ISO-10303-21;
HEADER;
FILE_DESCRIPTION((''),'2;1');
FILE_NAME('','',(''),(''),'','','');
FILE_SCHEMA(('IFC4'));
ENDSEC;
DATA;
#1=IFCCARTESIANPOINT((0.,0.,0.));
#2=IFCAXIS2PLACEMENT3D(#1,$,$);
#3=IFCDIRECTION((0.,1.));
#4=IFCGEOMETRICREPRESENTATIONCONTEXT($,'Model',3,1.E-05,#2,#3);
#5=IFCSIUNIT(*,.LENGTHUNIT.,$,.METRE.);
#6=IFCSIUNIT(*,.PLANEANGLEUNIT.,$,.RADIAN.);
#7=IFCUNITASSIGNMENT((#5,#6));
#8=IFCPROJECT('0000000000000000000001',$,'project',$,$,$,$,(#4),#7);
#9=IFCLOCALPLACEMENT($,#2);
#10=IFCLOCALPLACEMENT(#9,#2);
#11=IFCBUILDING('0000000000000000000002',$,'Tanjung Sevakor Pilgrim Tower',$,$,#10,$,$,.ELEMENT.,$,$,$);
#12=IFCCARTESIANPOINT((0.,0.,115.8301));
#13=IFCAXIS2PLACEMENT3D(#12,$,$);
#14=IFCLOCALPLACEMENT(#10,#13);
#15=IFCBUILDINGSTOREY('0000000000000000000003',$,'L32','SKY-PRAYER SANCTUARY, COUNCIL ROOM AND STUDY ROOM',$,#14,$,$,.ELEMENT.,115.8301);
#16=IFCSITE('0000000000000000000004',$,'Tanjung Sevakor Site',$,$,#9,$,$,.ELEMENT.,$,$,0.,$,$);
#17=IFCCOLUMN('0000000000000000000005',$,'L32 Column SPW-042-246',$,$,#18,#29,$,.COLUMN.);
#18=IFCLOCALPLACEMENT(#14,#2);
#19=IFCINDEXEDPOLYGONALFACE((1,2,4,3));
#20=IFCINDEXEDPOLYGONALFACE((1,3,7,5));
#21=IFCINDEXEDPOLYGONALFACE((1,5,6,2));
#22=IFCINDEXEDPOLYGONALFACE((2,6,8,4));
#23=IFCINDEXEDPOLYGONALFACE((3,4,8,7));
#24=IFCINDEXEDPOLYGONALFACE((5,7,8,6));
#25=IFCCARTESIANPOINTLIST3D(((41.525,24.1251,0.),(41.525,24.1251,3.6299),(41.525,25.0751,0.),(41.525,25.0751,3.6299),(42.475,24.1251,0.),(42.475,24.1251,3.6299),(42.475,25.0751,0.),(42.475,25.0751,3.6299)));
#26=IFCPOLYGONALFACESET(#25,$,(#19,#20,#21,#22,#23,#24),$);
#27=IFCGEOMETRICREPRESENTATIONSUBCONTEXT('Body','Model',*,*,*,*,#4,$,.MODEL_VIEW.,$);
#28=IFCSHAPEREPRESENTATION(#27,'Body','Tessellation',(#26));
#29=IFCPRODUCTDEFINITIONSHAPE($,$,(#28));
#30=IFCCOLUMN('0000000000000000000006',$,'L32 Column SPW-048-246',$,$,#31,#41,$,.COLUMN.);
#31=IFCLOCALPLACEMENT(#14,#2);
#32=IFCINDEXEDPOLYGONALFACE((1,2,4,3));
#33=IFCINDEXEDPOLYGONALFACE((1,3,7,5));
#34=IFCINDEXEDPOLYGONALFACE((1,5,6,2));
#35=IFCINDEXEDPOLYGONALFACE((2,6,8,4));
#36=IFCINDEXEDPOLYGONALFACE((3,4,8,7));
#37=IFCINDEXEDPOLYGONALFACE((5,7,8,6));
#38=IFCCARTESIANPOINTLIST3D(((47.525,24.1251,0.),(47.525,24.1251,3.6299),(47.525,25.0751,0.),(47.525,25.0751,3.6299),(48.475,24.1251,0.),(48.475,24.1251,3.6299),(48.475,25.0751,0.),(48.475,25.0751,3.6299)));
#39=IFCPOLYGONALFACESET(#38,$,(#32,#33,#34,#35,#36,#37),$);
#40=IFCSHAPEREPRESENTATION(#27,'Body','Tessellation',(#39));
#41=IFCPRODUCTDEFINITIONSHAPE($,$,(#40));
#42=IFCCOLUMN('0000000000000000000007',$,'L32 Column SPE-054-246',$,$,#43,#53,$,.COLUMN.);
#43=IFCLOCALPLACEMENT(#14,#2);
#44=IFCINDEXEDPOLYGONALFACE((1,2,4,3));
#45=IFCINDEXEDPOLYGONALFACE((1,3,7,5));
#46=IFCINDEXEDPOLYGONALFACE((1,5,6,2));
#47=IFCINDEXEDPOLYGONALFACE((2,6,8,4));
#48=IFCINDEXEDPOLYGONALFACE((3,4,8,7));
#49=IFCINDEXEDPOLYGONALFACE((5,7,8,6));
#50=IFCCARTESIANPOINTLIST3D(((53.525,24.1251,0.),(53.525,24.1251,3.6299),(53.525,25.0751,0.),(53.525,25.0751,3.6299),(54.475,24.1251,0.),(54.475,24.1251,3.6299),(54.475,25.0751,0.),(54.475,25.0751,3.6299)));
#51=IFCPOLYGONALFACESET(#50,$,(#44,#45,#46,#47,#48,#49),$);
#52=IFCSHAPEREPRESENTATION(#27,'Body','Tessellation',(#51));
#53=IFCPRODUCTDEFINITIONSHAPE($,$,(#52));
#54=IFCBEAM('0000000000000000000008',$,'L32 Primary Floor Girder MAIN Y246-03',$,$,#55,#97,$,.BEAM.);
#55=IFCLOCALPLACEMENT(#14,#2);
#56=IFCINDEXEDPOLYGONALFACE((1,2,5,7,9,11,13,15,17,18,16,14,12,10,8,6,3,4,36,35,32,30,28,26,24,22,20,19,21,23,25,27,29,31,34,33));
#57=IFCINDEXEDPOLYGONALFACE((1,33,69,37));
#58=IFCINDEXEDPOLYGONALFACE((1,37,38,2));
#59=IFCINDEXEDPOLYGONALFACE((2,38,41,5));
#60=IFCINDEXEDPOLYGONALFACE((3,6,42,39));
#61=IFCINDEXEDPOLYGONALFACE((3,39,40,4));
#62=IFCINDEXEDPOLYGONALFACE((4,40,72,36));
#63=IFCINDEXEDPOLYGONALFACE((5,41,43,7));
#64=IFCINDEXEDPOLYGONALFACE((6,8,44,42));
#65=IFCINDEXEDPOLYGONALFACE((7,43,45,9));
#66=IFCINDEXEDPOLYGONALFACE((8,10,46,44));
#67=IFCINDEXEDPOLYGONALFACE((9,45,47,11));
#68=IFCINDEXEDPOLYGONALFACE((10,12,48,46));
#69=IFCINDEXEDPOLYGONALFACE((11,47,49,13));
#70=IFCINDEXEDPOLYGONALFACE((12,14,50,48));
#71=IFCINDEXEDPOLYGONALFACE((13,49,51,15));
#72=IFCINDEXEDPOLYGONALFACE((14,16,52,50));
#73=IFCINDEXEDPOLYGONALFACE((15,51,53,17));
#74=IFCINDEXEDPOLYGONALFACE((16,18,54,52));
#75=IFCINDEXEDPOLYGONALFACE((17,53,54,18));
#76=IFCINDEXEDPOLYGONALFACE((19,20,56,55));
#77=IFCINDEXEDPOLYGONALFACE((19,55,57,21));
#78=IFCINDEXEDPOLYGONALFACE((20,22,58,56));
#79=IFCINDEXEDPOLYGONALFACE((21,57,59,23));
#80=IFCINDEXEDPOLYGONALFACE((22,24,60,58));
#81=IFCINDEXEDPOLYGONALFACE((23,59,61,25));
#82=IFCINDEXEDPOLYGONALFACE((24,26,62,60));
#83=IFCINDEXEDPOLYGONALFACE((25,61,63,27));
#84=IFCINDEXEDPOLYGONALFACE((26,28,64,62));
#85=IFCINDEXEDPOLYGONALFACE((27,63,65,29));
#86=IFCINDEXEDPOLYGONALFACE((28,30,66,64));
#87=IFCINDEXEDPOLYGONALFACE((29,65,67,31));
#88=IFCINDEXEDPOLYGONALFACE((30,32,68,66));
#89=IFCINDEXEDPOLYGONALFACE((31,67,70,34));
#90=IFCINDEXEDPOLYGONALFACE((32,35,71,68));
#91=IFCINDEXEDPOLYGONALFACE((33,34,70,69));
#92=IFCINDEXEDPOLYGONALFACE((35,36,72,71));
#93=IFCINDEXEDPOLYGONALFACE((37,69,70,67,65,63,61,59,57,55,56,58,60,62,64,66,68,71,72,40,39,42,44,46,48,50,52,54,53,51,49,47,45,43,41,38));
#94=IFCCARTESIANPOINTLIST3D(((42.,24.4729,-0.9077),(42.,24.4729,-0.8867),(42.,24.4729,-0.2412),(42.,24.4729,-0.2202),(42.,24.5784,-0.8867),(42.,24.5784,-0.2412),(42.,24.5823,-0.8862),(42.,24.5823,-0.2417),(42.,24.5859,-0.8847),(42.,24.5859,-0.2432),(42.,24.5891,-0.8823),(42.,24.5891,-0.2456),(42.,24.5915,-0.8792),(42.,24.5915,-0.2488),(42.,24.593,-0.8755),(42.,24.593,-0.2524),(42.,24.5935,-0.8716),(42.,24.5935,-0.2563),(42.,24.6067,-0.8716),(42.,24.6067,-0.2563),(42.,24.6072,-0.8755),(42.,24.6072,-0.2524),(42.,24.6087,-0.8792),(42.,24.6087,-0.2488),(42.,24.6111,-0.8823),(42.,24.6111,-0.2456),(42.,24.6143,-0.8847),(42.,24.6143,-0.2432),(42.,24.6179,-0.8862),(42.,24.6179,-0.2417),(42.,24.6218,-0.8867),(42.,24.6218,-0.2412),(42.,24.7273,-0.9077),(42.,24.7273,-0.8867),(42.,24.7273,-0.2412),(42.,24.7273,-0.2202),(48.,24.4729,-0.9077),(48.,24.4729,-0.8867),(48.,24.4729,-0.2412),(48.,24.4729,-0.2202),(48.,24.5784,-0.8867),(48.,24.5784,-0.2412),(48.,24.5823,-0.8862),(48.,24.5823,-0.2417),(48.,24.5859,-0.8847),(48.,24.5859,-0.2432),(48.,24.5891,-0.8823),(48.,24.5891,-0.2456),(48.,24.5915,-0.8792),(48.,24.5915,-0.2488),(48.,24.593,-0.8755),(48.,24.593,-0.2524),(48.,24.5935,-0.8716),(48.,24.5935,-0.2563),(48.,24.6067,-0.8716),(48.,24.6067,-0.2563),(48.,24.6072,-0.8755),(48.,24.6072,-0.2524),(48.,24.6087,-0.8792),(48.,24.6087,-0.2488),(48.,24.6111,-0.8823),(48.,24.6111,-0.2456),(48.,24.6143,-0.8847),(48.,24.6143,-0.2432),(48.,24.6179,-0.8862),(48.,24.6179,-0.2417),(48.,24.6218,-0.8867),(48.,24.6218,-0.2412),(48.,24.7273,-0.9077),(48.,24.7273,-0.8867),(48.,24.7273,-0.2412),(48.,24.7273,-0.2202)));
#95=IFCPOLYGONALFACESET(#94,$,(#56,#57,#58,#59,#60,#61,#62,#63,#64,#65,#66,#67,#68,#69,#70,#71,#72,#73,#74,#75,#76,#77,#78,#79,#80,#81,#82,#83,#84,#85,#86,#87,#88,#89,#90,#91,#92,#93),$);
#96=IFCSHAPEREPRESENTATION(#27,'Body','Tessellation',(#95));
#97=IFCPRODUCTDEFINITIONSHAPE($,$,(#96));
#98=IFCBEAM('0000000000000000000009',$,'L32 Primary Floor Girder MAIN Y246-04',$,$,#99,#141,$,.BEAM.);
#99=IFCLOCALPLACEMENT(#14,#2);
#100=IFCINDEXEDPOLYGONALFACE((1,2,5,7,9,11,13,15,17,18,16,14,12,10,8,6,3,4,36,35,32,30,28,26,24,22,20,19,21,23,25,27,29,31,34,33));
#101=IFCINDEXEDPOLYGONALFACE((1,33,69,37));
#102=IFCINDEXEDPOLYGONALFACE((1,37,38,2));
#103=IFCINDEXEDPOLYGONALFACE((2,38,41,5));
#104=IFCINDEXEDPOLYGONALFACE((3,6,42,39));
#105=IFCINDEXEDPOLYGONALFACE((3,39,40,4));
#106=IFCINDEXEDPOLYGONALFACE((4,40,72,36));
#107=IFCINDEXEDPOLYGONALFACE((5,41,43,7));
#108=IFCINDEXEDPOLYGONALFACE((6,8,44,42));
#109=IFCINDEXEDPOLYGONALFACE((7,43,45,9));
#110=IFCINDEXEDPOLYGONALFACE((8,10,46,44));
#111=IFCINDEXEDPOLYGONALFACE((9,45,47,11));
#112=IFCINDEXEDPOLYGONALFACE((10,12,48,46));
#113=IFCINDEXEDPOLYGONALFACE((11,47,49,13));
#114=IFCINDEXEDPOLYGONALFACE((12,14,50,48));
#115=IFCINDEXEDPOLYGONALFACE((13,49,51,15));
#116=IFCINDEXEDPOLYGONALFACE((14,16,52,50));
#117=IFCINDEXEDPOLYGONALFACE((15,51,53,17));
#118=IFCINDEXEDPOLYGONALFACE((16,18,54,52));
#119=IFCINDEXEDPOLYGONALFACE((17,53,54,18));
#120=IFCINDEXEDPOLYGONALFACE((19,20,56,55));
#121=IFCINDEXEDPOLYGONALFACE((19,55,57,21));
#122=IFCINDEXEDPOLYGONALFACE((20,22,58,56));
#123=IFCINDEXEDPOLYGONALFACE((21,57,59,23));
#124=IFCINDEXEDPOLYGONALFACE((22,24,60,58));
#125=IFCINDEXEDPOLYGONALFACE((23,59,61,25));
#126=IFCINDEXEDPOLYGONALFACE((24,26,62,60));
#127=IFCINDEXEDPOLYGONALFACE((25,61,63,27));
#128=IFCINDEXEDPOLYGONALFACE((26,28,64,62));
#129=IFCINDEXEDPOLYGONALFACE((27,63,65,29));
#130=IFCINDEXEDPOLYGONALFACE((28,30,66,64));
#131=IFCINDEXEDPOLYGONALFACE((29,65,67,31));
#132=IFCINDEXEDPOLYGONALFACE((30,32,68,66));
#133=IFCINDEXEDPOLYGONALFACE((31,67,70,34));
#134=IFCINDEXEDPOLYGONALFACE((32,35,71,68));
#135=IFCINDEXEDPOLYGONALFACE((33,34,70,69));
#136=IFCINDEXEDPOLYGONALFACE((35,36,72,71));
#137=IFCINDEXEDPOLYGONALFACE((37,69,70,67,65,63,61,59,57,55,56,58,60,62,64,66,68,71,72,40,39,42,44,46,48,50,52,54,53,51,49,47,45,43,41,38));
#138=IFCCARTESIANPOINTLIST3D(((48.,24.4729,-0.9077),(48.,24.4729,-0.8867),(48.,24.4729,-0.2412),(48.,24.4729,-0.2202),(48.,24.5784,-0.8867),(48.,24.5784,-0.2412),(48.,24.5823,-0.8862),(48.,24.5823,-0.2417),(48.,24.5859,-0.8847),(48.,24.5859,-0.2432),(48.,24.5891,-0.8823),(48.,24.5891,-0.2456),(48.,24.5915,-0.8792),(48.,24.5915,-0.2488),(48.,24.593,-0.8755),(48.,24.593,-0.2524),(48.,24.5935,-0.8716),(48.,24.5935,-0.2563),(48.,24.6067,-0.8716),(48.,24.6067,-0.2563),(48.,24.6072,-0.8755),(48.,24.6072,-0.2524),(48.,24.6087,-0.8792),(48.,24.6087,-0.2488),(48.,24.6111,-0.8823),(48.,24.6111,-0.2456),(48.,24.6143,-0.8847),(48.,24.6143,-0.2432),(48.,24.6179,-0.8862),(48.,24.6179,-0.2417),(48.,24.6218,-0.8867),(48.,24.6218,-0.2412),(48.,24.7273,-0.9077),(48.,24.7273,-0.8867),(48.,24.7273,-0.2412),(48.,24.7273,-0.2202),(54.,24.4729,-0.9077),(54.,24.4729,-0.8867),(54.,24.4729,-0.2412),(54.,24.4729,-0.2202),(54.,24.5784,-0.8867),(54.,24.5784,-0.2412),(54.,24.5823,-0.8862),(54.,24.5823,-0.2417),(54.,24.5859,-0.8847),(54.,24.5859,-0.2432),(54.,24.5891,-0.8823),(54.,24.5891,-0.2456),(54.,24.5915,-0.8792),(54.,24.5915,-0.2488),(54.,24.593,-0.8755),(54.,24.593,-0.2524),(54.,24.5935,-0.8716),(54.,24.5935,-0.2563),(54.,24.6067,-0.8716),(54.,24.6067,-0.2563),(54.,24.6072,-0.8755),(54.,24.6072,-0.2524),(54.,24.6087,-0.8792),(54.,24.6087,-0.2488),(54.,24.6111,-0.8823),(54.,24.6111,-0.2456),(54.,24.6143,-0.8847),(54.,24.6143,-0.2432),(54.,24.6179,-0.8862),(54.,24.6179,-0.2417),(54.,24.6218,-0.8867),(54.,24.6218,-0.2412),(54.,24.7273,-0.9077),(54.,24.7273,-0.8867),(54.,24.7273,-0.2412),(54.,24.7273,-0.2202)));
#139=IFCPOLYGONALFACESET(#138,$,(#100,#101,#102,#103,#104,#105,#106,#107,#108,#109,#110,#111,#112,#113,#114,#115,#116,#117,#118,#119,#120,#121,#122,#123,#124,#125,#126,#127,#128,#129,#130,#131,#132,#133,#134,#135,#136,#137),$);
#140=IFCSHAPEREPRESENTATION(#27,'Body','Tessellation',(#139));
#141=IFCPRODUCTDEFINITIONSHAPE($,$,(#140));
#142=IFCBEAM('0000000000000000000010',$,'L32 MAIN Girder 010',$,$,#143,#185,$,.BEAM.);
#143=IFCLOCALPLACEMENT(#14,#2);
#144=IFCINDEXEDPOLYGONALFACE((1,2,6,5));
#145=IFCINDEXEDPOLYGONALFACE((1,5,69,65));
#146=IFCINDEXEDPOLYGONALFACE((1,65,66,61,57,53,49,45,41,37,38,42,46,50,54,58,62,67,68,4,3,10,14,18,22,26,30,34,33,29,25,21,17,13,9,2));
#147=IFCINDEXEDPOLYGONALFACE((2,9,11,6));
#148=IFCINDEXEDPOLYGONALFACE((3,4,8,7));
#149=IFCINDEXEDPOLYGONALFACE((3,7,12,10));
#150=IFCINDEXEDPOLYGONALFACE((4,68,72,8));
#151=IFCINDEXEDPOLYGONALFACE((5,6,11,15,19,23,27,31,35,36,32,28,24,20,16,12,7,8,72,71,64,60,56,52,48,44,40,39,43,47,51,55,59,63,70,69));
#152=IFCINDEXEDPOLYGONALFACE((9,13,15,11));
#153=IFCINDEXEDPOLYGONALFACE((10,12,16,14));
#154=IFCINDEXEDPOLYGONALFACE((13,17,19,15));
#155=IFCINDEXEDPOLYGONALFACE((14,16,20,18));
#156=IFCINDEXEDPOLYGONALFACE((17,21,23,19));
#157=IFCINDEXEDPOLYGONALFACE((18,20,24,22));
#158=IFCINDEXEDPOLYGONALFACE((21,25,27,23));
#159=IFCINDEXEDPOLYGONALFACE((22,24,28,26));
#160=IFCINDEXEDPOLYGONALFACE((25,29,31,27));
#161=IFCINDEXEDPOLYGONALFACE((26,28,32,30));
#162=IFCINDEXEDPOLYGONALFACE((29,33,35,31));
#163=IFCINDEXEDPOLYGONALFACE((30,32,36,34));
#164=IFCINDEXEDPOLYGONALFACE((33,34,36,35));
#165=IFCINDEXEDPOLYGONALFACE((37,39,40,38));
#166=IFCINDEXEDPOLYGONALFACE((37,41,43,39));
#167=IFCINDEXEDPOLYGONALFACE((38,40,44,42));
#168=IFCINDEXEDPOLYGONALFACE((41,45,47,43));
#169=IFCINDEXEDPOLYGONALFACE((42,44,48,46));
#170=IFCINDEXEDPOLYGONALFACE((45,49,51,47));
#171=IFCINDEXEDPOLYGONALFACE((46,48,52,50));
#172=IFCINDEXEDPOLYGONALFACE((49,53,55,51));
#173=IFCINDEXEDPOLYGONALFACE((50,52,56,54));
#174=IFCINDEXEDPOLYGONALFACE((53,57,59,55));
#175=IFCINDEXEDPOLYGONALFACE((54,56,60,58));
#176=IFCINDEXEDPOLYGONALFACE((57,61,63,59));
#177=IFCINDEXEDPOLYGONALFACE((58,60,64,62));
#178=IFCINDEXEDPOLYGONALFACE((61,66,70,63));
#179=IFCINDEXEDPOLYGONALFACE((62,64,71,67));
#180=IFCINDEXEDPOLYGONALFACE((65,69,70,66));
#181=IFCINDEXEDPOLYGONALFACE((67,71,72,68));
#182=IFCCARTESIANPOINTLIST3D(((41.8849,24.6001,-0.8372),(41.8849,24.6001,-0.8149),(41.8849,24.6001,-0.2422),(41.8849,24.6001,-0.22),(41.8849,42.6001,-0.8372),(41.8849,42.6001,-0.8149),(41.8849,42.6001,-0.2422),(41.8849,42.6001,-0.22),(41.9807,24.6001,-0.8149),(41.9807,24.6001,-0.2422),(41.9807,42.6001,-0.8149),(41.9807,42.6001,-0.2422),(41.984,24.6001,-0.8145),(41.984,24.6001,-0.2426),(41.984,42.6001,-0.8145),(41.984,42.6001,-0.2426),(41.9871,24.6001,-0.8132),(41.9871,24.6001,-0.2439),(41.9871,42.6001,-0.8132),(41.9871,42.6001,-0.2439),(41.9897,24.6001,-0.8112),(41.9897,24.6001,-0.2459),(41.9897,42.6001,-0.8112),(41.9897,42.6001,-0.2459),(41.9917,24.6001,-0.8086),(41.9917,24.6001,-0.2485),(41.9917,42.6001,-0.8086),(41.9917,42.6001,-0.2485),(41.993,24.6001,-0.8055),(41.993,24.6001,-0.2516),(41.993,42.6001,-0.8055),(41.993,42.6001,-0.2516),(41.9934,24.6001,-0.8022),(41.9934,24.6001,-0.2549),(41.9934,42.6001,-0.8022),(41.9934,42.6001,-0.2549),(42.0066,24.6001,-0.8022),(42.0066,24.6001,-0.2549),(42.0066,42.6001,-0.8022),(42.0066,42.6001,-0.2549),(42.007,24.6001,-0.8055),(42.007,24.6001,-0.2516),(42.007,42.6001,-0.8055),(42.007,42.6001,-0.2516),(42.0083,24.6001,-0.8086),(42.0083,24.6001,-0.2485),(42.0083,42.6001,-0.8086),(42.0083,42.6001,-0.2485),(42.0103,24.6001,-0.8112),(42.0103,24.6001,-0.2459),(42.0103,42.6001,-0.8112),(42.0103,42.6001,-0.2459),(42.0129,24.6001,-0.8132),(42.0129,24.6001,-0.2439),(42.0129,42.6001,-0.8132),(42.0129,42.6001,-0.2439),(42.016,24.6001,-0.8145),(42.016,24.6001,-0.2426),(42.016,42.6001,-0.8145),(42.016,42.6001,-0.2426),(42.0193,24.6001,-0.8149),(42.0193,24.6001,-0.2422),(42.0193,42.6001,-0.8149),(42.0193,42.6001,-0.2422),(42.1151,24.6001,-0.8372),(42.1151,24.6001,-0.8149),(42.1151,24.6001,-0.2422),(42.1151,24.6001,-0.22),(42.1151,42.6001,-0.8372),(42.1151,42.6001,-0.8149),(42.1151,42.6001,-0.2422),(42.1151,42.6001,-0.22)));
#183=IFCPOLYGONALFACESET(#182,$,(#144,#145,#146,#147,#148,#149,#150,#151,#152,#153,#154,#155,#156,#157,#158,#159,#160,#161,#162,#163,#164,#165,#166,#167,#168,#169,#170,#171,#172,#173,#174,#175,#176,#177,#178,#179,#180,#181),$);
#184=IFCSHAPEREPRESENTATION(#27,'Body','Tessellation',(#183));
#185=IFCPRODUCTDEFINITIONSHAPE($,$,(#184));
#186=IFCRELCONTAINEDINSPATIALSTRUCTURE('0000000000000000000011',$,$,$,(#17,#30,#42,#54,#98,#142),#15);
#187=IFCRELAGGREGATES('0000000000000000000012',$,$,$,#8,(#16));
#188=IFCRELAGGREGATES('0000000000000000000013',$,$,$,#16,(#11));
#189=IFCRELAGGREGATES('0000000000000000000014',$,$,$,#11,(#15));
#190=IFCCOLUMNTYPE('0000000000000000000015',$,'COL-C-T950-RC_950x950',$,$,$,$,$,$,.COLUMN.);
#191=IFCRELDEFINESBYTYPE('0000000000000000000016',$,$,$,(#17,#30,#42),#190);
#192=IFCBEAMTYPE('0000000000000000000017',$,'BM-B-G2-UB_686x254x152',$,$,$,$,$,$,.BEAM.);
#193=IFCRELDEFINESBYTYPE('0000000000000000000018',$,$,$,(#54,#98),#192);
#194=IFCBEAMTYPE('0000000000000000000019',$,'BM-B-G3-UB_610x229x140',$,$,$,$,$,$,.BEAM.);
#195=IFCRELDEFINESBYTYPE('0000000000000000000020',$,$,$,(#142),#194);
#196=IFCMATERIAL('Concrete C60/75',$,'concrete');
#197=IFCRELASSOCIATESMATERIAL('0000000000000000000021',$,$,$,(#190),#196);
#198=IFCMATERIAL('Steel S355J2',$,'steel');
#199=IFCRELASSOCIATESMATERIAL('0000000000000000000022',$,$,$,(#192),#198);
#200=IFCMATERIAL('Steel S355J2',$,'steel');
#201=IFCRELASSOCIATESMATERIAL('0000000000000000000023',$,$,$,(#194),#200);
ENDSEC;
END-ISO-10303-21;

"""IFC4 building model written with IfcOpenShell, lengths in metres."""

from ifc_helpers import new_model, si_unit, direction, frame, origin, origin_2d, place, context, subcontext, project, spatial, rectangle, i_section, extrude, material, material_profile, profile_set, type_object, element, save


model = new_model("IFC4")

# Units and contexts
model_context = context("Model", 3, precision=1e-05, world=origin(), true_north=direction((0.0, 1.0)))
body_context = subcontext(model_context, "Body", "Model", "MODEL_VIEW")
ifc_project = project(units=[si_unit("LENGTHUNIT", "METRE"), si_unit("PLANEANGLEUNIT", "RADIAN")], contexts=[model_context])

# Site, building, storey
site_placement = place(None, origin())
site = spatial("IfcSite", under=ifc_project, at=site_placement, Name="Tanjung Sevakor Site", CompositionType="ELEMENT", RefElevation=0.0)
building_placement = place(site_placement, origin())
building = spatial("IfcBuilding", under=site, at=building_placement, Name="Tanjung Sevakor Pilgrim Tower", CompositionType="ELEMENT")
storey_placement = place(building_placement, frame((0.0, 0.0, 115.8301)))
storey = spatial("IfcBuildingStorey", under=building, at=storey_placement, Name="L32", Description="SKY-PRAYER SANCTUARY, COUNCIL ROOM AND STUDY ROOM", CompositionType="ELEMENT", Elevation=115.8301)

# Columns
ifc_material_1 = material(Name="Concrete C60/75", Category="concrete")
ifc_material_profile_1 = material_profile(ifc_material_1, rectangle(XDim=0.95, YDim=0.95, at=origin_2d()))
ifc_profile_set_1 = profile_set([ifc_material_profile_1], Name="Concrete C60/75")
column_type = type_object("IfcColumnType", Name="COL-C-T950-RC_950x950", PredefinedType="COLUMN", material=ifc_profile_set_1)
for number, where, z_axis, x_axis, name in (
    (1, (42.0, 24.6001, 0.0), (0.0, 0.0, 1.0), (1.0, 0.0, 0.0), "L32 Column SPW-042-246"),
    (2, (48.0, 24.6001, 0.0), (0.0, 0.0, 1.0), (1.0, 0.0, 0.0), "L32 Column SPW-048-246"),
    (3, (54.0, 24.6001, 0.0), (0.0, 0.0, 1.0), (1.0, 0.0, 0.0), "L32 Column SPE-054-246"),
):
    element("IfcColumn", number, at=place(storey_placement, frame(where, z_axis=z_axis, x_axis=x_axis)), inside=storey, type_object=column_type, Name=name, PredefinedType="COLUMN", context=body_context, shape_type="SweptSolid", body=[
        extrude(rectangle(XDim=0.95, YDim=0.95, at=origin_2d()), origin(), (0.0, 0.0, 1.0), 3.6299),
    ])

# Beams
ifc_material_2 = material(Name="Steel S355J2", Category="steel")
ifc_material_profile_2 = material_profile(ifc_material_2, i_section(OverallWidth=0.2544, OverallDepth=0.6875, WebThickness=0.0132, FlangeThickness=0.021, FilletRadius=0.0151, at=origin_2d()))
ifc_profile_set_2 = profile_set([ifc_material_profile_2], Name="Steel S355J2")
beam_type_1 = type_object("IfcBeamType", Name="BM-B-G2-UB_686x254x152", PredefinedType="BEAM", material=ifc_profile_set_2)
for number, where, z_axis, x_axis, name in (
    (4, (42.0, 24.6001, -0.564), (1.0, 0.0, 0.0), (0.0, 1.0, 0.0), "L32 Primary Floor Girder MAIN Y246-03"),
    (5, (48.0, 24.6001, -0.564), (1.0, 0.0, 0.0), (0.0, 1.0, 0.0), "L32 Primary Floor Girder MAIN Y246-04"),
):
    element("IfcBeam", number, at=place(storey_placement, frame(where, z_axis=z_axis, x_axis=x_axis)), inside=storey, type_object=beam_type_1, Name=name, PredefinedType="BEAM", context=body_context, shape_type="SweptSolid", body=[
        extrude(i_section(OverallWidth=0.2544, OverallDepth=0.6875, WebThickness=0.0132, FlangeThickness=0.021, FilletRadius=0.0151, at=origin_2d()), origin(), (0.0, 0.0, 1.0), 6.0),
    ])
ifc_material_3 = material(Name="Steel S355J2", Category="steel")
ifc_material_profile_3 = material_profile(ifc_material_3, i_section(OverallWidth=0.2302, OverallDepth=0.6172, WebThickness=0.0132, FlangeThickness=0.0222, FilletRadius=0.0127, at=origin_2d()))
ifc_profile_set_3 = profile_set([ifc_material_profile_3], Name="Steel S355J2")
beam_type_2 = type_object("IfcBeamType", Name="BM-B-G3-UB_610x229x140", PredefinedType="BEAM", material=ifc_profile_set_3)
for number, where, z_axis, x_axis, name in (
    (6, (42.0, 24.6001, -0.5286), (0.0, 1.0, 0.0), (-1.0, 0.0, 0.0), "L32 MAIN Girder 010"),
):
    element("IfcBeam", number, at=place(storey_placement, frame(where, z_axis=z_axis, x_axis=x_axis)), inside=storey, type_object=beam_type_2, Name=name, PredefinedType="BEAM", context=body_context, shape_type="SweptSolid", body=[
        extrude(i_section(OverallWidth=0.2302, OverallDepth=0.6172, WebThickness=0.0132, FlangeThickness=0.0222, FilletRadius=0.0127, at=origin_2d()), origin(), (0.0, 0.0, 1.0), 18.0),
    ])

save(model, "model.ifc")
